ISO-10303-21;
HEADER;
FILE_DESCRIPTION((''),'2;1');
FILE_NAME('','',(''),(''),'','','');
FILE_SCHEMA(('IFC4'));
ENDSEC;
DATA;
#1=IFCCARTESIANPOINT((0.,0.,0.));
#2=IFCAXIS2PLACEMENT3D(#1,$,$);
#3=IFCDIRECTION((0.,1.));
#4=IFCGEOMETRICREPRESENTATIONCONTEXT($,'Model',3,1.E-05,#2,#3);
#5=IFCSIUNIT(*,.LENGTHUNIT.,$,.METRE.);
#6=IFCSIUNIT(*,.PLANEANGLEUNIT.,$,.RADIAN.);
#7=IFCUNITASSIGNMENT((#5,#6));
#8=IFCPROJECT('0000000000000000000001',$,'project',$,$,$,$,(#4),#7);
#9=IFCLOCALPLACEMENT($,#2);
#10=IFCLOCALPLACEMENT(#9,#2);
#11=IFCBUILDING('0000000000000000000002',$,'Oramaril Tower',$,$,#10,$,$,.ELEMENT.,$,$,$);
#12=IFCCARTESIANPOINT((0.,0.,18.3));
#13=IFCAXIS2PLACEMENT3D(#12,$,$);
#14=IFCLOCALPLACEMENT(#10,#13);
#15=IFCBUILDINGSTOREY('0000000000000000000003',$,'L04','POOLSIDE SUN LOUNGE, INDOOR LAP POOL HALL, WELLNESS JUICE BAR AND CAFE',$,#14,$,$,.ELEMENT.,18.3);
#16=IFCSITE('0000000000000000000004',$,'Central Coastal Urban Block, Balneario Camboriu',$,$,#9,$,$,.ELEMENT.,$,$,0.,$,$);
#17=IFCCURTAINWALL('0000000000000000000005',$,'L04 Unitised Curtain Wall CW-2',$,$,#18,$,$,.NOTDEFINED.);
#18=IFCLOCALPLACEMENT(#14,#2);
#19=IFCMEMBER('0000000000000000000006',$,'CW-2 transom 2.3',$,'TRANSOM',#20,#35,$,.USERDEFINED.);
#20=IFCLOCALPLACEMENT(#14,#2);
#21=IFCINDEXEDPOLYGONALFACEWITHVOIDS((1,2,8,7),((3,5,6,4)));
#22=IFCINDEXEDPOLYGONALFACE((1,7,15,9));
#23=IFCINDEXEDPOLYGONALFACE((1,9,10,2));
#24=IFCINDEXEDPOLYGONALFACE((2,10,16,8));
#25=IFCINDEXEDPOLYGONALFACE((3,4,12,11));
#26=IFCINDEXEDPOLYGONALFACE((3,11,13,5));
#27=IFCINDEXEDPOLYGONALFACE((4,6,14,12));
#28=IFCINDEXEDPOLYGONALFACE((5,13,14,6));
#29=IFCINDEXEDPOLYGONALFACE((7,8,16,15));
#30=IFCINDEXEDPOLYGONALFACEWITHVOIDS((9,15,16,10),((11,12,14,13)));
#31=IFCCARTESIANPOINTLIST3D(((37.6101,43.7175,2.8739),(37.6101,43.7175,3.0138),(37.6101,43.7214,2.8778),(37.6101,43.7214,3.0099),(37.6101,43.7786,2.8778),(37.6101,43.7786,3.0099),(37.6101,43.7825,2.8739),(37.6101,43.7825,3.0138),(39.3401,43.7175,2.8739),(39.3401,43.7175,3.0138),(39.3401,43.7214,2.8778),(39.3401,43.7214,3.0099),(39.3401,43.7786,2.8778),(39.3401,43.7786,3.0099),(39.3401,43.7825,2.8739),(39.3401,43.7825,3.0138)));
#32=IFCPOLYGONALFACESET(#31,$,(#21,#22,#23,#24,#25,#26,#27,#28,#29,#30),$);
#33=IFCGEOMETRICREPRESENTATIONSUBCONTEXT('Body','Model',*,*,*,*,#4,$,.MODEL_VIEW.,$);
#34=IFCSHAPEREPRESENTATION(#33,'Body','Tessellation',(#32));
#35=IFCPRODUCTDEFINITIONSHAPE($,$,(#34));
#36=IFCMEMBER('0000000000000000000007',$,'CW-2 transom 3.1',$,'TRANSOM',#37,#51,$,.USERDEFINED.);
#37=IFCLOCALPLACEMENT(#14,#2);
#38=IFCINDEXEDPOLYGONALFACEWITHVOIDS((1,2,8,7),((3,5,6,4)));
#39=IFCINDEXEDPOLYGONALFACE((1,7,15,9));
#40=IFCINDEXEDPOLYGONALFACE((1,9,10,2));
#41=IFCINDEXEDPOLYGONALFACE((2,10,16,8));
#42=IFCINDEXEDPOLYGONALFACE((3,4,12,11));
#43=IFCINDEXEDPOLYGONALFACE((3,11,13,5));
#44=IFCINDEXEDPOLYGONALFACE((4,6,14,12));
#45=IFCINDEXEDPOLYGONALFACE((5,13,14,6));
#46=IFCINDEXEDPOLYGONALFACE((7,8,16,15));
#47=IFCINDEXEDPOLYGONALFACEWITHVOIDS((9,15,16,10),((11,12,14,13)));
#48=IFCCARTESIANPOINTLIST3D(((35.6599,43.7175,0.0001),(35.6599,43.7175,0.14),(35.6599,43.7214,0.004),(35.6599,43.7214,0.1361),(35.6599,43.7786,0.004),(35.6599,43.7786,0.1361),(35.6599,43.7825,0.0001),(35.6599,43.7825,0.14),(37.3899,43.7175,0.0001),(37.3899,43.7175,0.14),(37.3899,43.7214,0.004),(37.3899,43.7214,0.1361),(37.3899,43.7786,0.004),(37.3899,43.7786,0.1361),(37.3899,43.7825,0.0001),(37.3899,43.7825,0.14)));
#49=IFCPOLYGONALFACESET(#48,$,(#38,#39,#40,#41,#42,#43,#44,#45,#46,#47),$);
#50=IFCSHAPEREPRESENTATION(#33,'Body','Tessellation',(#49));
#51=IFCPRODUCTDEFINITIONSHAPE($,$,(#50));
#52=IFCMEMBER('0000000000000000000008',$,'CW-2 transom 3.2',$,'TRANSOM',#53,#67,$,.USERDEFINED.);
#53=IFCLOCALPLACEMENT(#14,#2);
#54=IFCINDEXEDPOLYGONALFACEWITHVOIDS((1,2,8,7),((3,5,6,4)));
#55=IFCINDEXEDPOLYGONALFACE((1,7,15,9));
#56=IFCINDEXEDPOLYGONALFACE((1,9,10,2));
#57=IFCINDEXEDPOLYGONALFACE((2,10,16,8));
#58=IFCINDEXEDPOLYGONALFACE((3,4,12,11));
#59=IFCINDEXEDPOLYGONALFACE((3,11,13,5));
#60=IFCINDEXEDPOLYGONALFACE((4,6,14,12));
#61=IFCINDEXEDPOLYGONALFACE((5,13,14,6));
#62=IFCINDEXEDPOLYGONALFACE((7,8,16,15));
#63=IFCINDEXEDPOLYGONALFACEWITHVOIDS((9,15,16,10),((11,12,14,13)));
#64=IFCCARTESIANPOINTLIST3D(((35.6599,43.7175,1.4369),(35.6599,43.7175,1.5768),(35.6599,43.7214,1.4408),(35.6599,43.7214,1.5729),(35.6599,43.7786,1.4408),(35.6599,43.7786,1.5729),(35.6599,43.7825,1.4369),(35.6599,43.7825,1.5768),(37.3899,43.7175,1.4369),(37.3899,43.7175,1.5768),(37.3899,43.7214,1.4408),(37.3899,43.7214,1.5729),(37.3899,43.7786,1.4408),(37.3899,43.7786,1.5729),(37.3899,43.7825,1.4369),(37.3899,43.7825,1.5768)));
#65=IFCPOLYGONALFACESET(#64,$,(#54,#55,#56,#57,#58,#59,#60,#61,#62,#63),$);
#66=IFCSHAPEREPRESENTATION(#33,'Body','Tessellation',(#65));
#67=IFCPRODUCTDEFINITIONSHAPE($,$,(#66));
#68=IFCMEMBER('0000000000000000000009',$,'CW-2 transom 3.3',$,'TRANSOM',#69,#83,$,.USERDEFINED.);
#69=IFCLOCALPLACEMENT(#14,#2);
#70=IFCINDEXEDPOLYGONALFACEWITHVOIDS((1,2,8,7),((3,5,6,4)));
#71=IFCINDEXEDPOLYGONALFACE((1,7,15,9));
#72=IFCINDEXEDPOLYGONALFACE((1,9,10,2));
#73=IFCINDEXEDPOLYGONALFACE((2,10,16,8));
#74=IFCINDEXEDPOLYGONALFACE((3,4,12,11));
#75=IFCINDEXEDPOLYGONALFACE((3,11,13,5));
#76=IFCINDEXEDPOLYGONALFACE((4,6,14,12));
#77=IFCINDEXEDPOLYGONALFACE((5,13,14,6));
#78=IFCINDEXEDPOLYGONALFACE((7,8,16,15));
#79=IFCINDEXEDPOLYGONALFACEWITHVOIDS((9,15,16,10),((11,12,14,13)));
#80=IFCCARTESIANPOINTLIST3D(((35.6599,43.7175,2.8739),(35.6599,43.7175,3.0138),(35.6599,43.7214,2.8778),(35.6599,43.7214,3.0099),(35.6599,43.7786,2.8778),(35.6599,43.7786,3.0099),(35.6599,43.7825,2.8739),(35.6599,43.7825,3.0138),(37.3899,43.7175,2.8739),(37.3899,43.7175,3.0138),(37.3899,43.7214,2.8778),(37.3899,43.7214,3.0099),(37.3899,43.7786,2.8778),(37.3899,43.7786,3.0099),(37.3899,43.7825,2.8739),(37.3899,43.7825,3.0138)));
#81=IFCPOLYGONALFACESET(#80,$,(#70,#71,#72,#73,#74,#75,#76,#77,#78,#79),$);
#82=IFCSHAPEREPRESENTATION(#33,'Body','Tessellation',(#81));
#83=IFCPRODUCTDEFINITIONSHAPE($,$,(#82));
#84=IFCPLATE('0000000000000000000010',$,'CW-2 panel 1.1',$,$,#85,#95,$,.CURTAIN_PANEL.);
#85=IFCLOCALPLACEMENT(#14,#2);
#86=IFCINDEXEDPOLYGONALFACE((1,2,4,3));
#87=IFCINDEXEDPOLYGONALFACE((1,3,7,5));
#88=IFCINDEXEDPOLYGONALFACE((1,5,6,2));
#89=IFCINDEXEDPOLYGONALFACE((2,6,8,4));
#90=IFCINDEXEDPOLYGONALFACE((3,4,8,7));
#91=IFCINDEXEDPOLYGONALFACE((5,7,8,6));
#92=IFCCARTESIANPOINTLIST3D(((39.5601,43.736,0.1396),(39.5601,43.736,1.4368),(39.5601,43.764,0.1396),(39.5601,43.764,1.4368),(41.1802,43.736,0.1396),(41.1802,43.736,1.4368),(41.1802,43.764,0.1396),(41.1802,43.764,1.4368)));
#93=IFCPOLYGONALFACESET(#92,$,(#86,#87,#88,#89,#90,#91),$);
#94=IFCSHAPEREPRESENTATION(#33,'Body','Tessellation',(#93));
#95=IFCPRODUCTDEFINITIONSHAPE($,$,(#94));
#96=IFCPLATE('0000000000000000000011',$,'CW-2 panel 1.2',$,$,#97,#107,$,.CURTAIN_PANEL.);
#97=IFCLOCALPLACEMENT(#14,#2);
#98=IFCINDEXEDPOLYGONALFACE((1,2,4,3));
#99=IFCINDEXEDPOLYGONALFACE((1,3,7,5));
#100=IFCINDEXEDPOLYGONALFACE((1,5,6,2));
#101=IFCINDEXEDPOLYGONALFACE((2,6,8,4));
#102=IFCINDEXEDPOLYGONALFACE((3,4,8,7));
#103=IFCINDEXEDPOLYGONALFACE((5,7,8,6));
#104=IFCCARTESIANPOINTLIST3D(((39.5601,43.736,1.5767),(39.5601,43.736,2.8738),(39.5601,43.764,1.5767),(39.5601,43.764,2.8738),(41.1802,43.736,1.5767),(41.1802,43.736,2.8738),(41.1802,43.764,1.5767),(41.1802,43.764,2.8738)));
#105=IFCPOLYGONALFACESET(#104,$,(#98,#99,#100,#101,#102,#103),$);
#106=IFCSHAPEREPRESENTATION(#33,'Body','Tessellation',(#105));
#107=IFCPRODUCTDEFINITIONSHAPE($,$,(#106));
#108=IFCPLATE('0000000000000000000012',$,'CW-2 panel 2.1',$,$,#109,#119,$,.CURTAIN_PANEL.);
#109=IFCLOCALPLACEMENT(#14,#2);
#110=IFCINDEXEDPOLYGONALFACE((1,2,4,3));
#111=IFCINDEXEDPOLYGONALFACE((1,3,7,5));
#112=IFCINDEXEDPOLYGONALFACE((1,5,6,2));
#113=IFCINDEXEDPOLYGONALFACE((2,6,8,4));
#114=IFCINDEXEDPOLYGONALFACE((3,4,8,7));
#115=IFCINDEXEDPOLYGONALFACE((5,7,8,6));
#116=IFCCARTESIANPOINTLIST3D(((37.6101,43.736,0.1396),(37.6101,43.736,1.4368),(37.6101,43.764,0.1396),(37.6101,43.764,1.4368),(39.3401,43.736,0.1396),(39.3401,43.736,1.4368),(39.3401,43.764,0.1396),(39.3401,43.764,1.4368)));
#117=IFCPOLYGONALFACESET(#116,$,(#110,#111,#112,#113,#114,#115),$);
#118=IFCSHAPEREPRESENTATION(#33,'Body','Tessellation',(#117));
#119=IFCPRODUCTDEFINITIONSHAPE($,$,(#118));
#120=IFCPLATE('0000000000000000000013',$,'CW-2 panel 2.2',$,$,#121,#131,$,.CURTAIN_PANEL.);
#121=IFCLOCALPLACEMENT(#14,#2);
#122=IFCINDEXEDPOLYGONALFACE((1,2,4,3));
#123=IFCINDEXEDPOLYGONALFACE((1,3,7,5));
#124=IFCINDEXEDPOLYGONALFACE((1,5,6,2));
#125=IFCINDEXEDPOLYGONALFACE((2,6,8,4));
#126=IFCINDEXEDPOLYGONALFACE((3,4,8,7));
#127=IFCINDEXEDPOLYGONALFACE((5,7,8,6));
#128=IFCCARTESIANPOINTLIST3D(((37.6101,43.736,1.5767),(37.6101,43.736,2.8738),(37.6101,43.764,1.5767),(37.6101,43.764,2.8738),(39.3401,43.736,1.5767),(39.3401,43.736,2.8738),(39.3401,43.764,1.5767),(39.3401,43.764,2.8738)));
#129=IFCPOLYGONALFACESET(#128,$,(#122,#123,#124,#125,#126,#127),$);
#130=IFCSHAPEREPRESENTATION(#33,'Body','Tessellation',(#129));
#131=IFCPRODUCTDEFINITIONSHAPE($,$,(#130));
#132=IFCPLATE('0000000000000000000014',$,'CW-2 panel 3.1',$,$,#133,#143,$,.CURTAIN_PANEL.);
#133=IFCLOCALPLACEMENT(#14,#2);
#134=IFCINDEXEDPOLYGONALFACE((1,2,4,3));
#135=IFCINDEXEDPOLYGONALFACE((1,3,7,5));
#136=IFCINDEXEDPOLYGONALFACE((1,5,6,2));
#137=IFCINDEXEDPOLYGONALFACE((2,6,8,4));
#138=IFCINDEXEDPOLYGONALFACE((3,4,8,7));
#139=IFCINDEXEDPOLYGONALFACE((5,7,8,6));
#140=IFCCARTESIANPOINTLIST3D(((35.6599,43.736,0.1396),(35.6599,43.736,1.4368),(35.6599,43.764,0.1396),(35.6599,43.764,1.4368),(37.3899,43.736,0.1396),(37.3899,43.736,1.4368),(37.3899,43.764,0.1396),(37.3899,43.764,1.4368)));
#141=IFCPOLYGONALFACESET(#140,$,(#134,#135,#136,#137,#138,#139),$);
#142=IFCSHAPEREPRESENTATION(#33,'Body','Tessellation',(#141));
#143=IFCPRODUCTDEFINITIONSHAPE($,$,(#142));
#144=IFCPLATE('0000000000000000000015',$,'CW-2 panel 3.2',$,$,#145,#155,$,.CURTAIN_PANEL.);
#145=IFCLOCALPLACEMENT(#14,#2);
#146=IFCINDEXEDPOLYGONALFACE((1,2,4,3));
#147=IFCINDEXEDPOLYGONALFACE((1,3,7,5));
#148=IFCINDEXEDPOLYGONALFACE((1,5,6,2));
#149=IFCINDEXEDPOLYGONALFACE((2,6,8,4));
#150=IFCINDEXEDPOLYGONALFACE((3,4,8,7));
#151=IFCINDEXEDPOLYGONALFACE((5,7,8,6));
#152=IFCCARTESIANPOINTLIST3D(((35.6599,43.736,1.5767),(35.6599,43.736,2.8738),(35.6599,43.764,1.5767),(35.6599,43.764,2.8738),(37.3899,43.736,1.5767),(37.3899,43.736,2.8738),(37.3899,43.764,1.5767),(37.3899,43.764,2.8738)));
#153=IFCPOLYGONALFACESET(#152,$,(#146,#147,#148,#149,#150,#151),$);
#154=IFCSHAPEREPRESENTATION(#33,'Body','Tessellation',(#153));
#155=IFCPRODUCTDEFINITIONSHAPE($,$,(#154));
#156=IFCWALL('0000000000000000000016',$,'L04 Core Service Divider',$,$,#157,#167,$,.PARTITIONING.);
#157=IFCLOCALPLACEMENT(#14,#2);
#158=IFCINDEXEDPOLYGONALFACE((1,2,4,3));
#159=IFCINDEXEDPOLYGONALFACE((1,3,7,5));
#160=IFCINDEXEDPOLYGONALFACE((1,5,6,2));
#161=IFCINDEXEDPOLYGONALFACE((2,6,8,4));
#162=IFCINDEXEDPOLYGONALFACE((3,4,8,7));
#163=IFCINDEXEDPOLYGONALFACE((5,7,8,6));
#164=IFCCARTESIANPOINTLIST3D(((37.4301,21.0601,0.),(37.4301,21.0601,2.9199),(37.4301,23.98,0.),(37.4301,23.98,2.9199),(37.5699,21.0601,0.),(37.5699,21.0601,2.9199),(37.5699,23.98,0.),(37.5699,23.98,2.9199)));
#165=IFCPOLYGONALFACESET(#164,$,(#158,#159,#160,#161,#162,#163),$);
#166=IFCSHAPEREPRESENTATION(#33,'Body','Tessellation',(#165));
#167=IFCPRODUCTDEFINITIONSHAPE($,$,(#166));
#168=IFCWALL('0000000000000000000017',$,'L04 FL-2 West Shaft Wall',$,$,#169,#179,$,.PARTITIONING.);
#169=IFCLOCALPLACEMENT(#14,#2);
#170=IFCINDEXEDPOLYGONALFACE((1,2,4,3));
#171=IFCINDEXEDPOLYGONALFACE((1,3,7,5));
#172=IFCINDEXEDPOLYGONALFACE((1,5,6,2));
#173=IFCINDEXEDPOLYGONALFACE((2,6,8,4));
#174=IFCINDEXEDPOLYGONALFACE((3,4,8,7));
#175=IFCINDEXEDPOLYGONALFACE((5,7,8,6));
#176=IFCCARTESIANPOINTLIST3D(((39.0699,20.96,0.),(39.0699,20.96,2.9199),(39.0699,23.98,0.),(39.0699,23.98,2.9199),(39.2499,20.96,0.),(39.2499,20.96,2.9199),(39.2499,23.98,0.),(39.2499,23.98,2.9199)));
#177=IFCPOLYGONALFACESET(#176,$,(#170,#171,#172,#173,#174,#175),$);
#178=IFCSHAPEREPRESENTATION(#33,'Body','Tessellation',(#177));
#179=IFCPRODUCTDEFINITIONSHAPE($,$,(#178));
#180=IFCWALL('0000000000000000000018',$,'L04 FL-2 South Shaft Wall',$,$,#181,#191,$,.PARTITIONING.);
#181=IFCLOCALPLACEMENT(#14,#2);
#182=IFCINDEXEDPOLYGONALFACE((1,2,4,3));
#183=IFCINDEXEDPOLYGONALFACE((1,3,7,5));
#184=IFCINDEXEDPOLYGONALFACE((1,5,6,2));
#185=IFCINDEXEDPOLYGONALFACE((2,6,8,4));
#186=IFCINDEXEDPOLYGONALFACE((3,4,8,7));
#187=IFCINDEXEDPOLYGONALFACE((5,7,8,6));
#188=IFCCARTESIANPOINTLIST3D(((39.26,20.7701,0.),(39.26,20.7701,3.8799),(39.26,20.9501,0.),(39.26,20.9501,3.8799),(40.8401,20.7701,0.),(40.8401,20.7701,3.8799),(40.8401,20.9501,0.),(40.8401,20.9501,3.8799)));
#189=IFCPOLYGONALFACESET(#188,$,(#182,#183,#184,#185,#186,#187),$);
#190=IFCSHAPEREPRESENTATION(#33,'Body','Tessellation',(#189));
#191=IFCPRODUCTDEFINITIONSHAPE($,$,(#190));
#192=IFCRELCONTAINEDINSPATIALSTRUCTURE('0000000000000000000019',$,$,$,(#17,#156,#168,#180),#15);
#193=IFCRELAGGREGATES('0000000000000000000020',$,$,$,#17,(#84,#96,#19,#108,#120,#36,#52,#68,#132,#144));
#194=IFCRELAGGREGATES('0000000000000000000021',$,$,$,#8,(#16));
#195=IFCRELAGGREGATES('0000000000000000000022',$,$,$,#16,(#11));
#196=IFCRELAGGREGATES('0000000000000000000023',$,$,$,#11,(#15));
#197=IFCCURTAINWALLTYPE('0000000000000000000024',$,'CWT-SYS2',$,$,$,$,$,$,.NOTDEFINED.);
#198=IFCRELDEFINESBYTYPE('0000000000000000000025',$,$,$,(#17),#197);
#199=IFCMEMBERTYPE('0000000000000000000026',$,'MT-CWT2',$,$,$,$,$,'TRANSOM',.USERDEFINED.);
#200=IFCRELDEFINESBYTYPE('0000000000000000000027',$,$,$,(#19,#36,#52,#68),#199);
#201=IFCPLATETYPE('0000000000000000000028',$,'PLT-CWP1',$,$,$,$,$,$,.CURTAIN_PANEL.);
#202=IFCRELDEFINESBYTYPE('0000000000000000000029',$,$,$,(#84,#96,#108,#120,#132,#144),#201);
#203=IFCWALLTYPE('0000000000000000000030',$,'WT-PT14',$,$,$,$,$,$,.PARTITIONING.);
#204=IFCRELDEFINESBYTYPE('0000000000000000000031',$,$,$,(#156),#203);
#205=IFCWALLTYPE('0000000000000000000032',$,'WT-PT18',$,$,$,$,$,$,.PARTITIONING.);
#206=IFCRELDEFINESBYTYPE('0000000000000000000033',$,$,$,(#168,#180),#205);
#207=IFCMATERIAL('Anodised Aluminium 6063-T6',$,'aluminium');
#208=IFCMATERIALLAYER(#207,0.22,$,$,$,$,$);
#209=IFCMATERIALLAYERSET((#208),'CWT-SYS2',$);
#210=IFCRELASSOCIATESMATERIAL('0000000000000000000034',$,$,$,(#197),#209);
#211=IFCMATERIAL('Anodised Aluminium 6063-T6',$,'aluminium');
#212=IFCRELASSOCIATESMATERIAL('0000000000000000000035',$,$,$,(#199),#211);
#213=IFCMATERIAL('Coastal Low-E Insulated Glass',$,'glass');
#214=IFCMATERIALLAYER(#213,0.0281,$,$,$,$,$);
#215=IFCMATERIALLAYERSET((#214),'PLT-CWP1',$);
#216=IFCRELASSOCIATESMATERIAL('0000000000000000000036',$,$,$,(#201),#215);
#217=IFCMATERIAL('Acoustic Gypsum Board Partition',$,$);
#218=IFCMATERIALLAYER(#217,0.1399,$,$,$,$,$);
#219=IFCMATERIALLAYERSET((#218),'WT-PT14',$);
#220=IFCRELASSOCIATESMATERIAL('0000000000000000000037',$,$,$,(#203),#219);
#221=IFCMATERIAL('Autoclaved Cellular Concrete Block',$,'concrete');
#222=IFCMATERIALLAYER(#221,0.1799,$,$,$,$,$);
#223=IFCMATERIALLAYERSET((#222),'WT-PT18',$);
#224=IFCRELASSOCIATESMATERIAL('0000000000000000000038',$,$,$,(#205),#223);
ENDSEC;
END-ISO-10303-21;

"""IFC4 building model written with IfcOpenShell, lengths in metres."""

from ifc_helpers import new_model, si_unit, direction, frame, frame_2d, origin, origin_2d, place, context, subcontext, project, spatial, rectangle, hollow_rectangle, extrude, material, layer, layer_set, material_profile, profile_set, type_object, element, aggregate, save


model = new_model("IFC4")

# Units and contexts
model_context = context("Model", 3, precision=1e-05, world=origin(), true_north=direction((0.0, 1.0)))
body_context = subcontext(model_context, "Body", "Model", "MODEL_VIEW")
ifc_project = project(units=[si_unit("LENGTHUNIT", "METRE"), si_unit("PLANEANGLEUNIT", "RADIAN")], contexts=[model_context])

# Site, building, storey
site_placement = place(None, origin())
site = spatial("IfcSite", under=ifc_project, at=site_placement, Name="Central Coastal Urban Block, Balneario Camboriu", CompositionType="ELEMENT", RefElevation=0.0)
building_placement = place(site_placement, origin())
building = spatial("IfcBuilding", under=site, at=building_placement, Name="Oramaril Tower", CompositionType="ELEMENT")
storey_placement = place(building_placement, frame((0.0, 0.0, 18.3)))
storey = spatial("IfcBuildingStorey", under=building, at=storey_placement, Name="L04", Description="POOLSIDE SUN LOUNGE, INDOOR LAP POOL HALL, WELLNESS JUICE BAR AND CAFE", CompositionType="ELEMENT", Elevation=18.3)

# Curtain wall, members, plates
ifc_material_1 = material(Name="Anodised Aluminium 6063-T6", Category="aluminium")
ifc_layer_1 = layer(ifc_material_1, 0.22)
ifc_layer_set_1 = layer_set([ifc_layer_1], Name="CWT-SYS2")
curtain_wall_type = type_object("IfcCurtainWallType", Name="CWT-SYS2", PredefinedType="NOTDEFINED", material=ifc_layer_set_1)
curtain_wall_placement = place(storey_placement, origin())
curtain_wall = element("IfcCurtainWall", 1, at=curtain_wall_placement, inside=storey, type_object=curtain_wall_type, Name="L04 Unitised Curtain Wall CW-2", PredefinedType="NOTDEFINED")
ifc_material_2 = material(Name="Anodised Aluminium 6063-T6", Category="aluminium")
ifc_material_profile_1 = material_profile(ifc_material_2, hollow_rectangle(XDim=0.0649, YDim=0.1399, WallThickness=0.0039, at=origin_2d()), Name="CWT140X65")
ifc_profile_set_1 = profile_set([ifc_material_profile_1], Name="Anodised Aluminium 6063-T6")
member_type_1 = type_object("IfcMemberType", Name="MT-CWT2", ElementType="TRANSOM", PredefinedType="USERDEFINED", material=ifc_profile_set_1)
member_1_placement = place(storey_placement, frame((39.3401, 43.75, 2.9438), z_axis=(-1.0, 0.0, 0.0), x_axis=(0.0, -1.0, 0.0)))
member_1 = element("IfcMember", 2, at=member_1_placement, type_object=member_type_1, Name="CW-2 transom 2.3", ObjectType="TRANSOM", PredefinedType="USERDEFINED", context=body_context, shape_type="SweptSolid", body=[
    extrude(hollow_rectangle(XDim=0.0649, YDim=0.1399, WallThickness=0.0039, at=origin_2d()), origin(), (0.0, 0.0, 1.0), 1.73),
])
member_2_placement = place(storey_placement, frame((37.3899, 43.75, 0.0701), z_axis=(-1.0, 0.0, 0.0), x_axis=(0.0, -1.0, 0.0)))
member_2 = element("IfcMember", 3, at=member_2_placement, type_object=member_type_1, Name="CW-2 transom 3.1", ObjectType="TRANSOM", PredefinedType="USERDEFINED", context=body_context, shape_type="SweptSolid", body=[
    extrude(hollow_rectangle(XDim=0.0649, YDim=0.1399, WallThickness=0.0039, at=origin_2d()), origin(), (0.0, 0.0, 1.0), 1.73),
])
member_3_placement = place(storey_placement, frame((37.3899, 43.75, 1.5068), z_axis=(-1.0, 0.0, 0.0), x_axis=(0.0, -1.0, 0.0)))
member_3 = element("IfcMember", 4, at=member_3_placement, type_object=member_type_1, Name="CW-2 transom 3.2", ObjectType="TRANSOM", PredefinedType="USERDEFINED", context=body_context, shape_type="SweptSolid", body=[
    extrude(hollow_rectangle(XDim=0.0649, YDim=0.1399, WallThickness=0.0039, at=origin_2d()), origin(), (0.0, 0.0, 1.0), 1.73),
])
member_4_placement = place(storey_placement, frame((37.3899, 43.75, 2.9438), z_axis=(-1.0, 0.0, 0.0), x_axis=(0.0, -1.0, 0.0)))
member_4 = element("IfcMember", 5, at=member_4_placement, type_object=member_type_1, Name="CW-2 transom 3.3", ObjectType="TRANSOM", PredefinedType="USERDEFINED", context=body_context, shape_type="SweptSolid", body=[
    extrude(hollow_rectangle(XDim=0.0649, YDim=0.1399, WallThickness=0.0039, at=origin_2d()), origin(), (0.0, 0.0, 1.0), 1.73),
])
ifc_material_3 = material(Name="Coastal Low-E Insulated Glass", Category="glass")
ifc_layer_2 = layer(ifc_material_3, 0.0281)
ifc_layer_set_2 = layer_set([ifc_layer_2], Name="PLT-CWP1")
plate_type = type_object("IfcPlateType", Name="PLT-CWP1", PredefinedType="CURTAIN_PANEL", material=ifc_layer_set_2)
plate_1_placement = place(storey_placement, frame((40.3701, 43.75, 0.1396), z_axis=(0.0, 0.0, 1.0), x_axis=(-1.0, 0.0, 0.0)))
plate_1 = element("IfcPlate", 6, at=plate_1_placement, type_object=plate_type, Name="CW-2 panel 1.1", PredefinedType="CURTAIN_PANEL", context=body_context, shape_type="SweptSolid", body=[
    extrude(rectangle(XDim=1.6201, YDim=0.0281, at=origin_2d()), origin(), (0.0, 0.0, 1.0), 1.2971),
])
plate_2_placement = place(storey_placement, frame((40.3701, 43.75, 1.5767), z_axis=(0.0, 0.0, 1.0), x_axis=(-1.0, 0.0, 0.0)))
plate_2 = element("IfcPlate", 7, at=plate_2_placement, type_object=plate_type, Name="CW-2 panel 1.2", PredefinedType="CURTAIN_PANEL", context=body_context, shape_type="SweptSolid", body=[
    extrude(rectangle(XDim=1.6201, YDim=0.0281, at=origin_2d()), origin(), (0.0, 0.0, 1.0), 1.2971),
])
plate_3_placement = place(storey_placement, frame((38.4751, 43.75, 0.1396), z_axis=(0.0, 0.0, 1.0), x_axis=(-1.0, 0.0, 0.0)))
plate_3 = element("IfcPlate", 8, at=plate_3_placement, type_object=plate_type, Name="CW-2 panel 2.1", PredefinedType="CURTAIN_PANEL", context=body_context, shape_type="SweptSolid", body=[
    extrude(rectangle(XDim=1.73, YDim=0.0281, at=origin_2d()), origin(), (0.0, 0.0, 1.0), 1.2971),
])
plate_4_placement = place(storey_placement, frame((38.4751, 43.75, 1.5767), z_axis=(0.0, 0.0, 1.0), x_axis=(-1.0, 0.0, 0.0)))
plate_4 = element("IfcPlate", 9, at=plate_4_placement, type_object=plate_type, Name="CW-2 panel 2.2", PredefinedType="CURTAIN_PANEL", context=body_context, shape_type="SweptSolid", body=[
    extrude(rectangle(XDim=1.73, YDim=0.0281, at=origin_2d()), origin(), (0.0, 0.0, 1.0), 1.2971),
])
plate_5_placement = place(storey_placement, frame((36.5249, 43.75, 0.1396), z_axis=(0.0, 0.0, 1.0), x_axis=(-1.0, 0.0, 0.0)))
plate_5 = element("IfcPlate", 10, at=plate_5_placement, type_object=plate_type, Name="CW-2 panel 3.1", PredefinedType="CURTAIN_PANEL", context=body_context, shape_type="SweptSolid", body=[
    extrude(rectangle(XDim=1.73, YDim=0.0281, at=origin_2d()), origin(), (0.0, 0.0, 1.0), 1.2971),
])
plate_6_placement = place(storey_placement, frame((36.5249, 43.75, 1.5767), z_axis=(0.0, 0.0, 1.0), x_axis=(-1.0, 0.0, 0.0)))
plate_6 = element("IfcPlate", 11, at=plate_6_placement, type_object=plate_type, Name="CW-2 panel 3.2", PredefinedType="CURTAIN_PANEL", context=body_context, shape_type="SweptSolid", body=[
    extrude(rectangle(XDim=1.73, YDim=0.0281, at=origin_2d()), origin(), (0.0, 0.0, 1.0), 1.2971),
])
aggregate(curtain_wall, [plate_1, plate_2, member_1, plate_3, plate_4, member_2, member_3, member_4, plate_5, plate_6])

# Walls
ifc_material_4 = material(Name="Acoustic Gypsum Board Partition")
ifc_layer_3 = layer(ifc_material_4, 0.1399)
ifc_layer_set_3 = layer_set([ifc_layer_3], Name="WT-PT14")
wall_type_1 = type_object("IfcWallType", Name="WT-PT14", PredefinedType="PARTITIONING", material=ifc_layer_set_3)
wall_1_placement = place(storey_placement, frame((37.5, 21.0601, 0.0), z_axis=(0.0, 0.0, 1.0), x_axis=(0.0, 1.0, 0.0)))
element("IfcWall", 12, at=wall_1_placement, inside=storey, type_object=wall_type_1, Name="L04 Core Service Divider", PredefinedType="PARTITIONING", context=body_context, shape_type="SweptSolid", body=[
    extrude(rectangle(XDim=2.9199, YDim=0.1399, at=frame_2d((1.46, 0.0))), origin(), (0.0, 0.0, 1.0), 2.9199),
])
ifc_material_5 = material(Name="Autoclaved Cellular Concrete Block", Category="concrete")
ifc_layer_4 = layer(ifc_material_5, 0.1799)
ifc_layer_set_4 = layer_set([ifc_layer_4], Name="WT-PT18")
wall_type_2 = type_object("IfcWallType", Name="WT-PT18", PredefinedType="PARTITIONING", material=ifc_layer_set_4)
wall_2_placement = place(storey_placement, frame((39.1599, 20.96, 0.0), z_axis=(0.0, 0.0, 1.0), x_axis=(0.0, 1.0, 0.0)))
element("IfcWall", 13, at=wall_2_placement, inside=storey, type_object=wall_type_2, Name="L04 FL-2 West Shaft Wall", PredefinedType="PARTITIONING", context=body_context, shape_type="SweptSolid", body=[
    extrude(rectangle(XDim=3.02, YDim=0.1799, at=frame_2d((1.51, 0.0))), origin(), (0.0, 0.0, 1.0), 2.9199),
])
wall_3_placement = place(storey_placement, frame((39.26, 20.8601, 0.0), z_axis=(0.0, 0.0, 1.0), x_axis=(1.0, 0.0, 0.0)))
element("IfcWall", 14, at=wall_3_placement, inside=storey, type_object=wall_type_2, Name="L04 FL-2 South Shaft Wall", PredefinedType="PARTITIONING", context=body_context, shape_type="SweptSolid", body=[
    extrude(rectangle(XDim=1.5801, YDim=0.1799, at=frame_2d((0.79, 0.0))), origin(), (0.0, 0.0, 1.0), 3.8799),
])

save(model, "model.ifc")
